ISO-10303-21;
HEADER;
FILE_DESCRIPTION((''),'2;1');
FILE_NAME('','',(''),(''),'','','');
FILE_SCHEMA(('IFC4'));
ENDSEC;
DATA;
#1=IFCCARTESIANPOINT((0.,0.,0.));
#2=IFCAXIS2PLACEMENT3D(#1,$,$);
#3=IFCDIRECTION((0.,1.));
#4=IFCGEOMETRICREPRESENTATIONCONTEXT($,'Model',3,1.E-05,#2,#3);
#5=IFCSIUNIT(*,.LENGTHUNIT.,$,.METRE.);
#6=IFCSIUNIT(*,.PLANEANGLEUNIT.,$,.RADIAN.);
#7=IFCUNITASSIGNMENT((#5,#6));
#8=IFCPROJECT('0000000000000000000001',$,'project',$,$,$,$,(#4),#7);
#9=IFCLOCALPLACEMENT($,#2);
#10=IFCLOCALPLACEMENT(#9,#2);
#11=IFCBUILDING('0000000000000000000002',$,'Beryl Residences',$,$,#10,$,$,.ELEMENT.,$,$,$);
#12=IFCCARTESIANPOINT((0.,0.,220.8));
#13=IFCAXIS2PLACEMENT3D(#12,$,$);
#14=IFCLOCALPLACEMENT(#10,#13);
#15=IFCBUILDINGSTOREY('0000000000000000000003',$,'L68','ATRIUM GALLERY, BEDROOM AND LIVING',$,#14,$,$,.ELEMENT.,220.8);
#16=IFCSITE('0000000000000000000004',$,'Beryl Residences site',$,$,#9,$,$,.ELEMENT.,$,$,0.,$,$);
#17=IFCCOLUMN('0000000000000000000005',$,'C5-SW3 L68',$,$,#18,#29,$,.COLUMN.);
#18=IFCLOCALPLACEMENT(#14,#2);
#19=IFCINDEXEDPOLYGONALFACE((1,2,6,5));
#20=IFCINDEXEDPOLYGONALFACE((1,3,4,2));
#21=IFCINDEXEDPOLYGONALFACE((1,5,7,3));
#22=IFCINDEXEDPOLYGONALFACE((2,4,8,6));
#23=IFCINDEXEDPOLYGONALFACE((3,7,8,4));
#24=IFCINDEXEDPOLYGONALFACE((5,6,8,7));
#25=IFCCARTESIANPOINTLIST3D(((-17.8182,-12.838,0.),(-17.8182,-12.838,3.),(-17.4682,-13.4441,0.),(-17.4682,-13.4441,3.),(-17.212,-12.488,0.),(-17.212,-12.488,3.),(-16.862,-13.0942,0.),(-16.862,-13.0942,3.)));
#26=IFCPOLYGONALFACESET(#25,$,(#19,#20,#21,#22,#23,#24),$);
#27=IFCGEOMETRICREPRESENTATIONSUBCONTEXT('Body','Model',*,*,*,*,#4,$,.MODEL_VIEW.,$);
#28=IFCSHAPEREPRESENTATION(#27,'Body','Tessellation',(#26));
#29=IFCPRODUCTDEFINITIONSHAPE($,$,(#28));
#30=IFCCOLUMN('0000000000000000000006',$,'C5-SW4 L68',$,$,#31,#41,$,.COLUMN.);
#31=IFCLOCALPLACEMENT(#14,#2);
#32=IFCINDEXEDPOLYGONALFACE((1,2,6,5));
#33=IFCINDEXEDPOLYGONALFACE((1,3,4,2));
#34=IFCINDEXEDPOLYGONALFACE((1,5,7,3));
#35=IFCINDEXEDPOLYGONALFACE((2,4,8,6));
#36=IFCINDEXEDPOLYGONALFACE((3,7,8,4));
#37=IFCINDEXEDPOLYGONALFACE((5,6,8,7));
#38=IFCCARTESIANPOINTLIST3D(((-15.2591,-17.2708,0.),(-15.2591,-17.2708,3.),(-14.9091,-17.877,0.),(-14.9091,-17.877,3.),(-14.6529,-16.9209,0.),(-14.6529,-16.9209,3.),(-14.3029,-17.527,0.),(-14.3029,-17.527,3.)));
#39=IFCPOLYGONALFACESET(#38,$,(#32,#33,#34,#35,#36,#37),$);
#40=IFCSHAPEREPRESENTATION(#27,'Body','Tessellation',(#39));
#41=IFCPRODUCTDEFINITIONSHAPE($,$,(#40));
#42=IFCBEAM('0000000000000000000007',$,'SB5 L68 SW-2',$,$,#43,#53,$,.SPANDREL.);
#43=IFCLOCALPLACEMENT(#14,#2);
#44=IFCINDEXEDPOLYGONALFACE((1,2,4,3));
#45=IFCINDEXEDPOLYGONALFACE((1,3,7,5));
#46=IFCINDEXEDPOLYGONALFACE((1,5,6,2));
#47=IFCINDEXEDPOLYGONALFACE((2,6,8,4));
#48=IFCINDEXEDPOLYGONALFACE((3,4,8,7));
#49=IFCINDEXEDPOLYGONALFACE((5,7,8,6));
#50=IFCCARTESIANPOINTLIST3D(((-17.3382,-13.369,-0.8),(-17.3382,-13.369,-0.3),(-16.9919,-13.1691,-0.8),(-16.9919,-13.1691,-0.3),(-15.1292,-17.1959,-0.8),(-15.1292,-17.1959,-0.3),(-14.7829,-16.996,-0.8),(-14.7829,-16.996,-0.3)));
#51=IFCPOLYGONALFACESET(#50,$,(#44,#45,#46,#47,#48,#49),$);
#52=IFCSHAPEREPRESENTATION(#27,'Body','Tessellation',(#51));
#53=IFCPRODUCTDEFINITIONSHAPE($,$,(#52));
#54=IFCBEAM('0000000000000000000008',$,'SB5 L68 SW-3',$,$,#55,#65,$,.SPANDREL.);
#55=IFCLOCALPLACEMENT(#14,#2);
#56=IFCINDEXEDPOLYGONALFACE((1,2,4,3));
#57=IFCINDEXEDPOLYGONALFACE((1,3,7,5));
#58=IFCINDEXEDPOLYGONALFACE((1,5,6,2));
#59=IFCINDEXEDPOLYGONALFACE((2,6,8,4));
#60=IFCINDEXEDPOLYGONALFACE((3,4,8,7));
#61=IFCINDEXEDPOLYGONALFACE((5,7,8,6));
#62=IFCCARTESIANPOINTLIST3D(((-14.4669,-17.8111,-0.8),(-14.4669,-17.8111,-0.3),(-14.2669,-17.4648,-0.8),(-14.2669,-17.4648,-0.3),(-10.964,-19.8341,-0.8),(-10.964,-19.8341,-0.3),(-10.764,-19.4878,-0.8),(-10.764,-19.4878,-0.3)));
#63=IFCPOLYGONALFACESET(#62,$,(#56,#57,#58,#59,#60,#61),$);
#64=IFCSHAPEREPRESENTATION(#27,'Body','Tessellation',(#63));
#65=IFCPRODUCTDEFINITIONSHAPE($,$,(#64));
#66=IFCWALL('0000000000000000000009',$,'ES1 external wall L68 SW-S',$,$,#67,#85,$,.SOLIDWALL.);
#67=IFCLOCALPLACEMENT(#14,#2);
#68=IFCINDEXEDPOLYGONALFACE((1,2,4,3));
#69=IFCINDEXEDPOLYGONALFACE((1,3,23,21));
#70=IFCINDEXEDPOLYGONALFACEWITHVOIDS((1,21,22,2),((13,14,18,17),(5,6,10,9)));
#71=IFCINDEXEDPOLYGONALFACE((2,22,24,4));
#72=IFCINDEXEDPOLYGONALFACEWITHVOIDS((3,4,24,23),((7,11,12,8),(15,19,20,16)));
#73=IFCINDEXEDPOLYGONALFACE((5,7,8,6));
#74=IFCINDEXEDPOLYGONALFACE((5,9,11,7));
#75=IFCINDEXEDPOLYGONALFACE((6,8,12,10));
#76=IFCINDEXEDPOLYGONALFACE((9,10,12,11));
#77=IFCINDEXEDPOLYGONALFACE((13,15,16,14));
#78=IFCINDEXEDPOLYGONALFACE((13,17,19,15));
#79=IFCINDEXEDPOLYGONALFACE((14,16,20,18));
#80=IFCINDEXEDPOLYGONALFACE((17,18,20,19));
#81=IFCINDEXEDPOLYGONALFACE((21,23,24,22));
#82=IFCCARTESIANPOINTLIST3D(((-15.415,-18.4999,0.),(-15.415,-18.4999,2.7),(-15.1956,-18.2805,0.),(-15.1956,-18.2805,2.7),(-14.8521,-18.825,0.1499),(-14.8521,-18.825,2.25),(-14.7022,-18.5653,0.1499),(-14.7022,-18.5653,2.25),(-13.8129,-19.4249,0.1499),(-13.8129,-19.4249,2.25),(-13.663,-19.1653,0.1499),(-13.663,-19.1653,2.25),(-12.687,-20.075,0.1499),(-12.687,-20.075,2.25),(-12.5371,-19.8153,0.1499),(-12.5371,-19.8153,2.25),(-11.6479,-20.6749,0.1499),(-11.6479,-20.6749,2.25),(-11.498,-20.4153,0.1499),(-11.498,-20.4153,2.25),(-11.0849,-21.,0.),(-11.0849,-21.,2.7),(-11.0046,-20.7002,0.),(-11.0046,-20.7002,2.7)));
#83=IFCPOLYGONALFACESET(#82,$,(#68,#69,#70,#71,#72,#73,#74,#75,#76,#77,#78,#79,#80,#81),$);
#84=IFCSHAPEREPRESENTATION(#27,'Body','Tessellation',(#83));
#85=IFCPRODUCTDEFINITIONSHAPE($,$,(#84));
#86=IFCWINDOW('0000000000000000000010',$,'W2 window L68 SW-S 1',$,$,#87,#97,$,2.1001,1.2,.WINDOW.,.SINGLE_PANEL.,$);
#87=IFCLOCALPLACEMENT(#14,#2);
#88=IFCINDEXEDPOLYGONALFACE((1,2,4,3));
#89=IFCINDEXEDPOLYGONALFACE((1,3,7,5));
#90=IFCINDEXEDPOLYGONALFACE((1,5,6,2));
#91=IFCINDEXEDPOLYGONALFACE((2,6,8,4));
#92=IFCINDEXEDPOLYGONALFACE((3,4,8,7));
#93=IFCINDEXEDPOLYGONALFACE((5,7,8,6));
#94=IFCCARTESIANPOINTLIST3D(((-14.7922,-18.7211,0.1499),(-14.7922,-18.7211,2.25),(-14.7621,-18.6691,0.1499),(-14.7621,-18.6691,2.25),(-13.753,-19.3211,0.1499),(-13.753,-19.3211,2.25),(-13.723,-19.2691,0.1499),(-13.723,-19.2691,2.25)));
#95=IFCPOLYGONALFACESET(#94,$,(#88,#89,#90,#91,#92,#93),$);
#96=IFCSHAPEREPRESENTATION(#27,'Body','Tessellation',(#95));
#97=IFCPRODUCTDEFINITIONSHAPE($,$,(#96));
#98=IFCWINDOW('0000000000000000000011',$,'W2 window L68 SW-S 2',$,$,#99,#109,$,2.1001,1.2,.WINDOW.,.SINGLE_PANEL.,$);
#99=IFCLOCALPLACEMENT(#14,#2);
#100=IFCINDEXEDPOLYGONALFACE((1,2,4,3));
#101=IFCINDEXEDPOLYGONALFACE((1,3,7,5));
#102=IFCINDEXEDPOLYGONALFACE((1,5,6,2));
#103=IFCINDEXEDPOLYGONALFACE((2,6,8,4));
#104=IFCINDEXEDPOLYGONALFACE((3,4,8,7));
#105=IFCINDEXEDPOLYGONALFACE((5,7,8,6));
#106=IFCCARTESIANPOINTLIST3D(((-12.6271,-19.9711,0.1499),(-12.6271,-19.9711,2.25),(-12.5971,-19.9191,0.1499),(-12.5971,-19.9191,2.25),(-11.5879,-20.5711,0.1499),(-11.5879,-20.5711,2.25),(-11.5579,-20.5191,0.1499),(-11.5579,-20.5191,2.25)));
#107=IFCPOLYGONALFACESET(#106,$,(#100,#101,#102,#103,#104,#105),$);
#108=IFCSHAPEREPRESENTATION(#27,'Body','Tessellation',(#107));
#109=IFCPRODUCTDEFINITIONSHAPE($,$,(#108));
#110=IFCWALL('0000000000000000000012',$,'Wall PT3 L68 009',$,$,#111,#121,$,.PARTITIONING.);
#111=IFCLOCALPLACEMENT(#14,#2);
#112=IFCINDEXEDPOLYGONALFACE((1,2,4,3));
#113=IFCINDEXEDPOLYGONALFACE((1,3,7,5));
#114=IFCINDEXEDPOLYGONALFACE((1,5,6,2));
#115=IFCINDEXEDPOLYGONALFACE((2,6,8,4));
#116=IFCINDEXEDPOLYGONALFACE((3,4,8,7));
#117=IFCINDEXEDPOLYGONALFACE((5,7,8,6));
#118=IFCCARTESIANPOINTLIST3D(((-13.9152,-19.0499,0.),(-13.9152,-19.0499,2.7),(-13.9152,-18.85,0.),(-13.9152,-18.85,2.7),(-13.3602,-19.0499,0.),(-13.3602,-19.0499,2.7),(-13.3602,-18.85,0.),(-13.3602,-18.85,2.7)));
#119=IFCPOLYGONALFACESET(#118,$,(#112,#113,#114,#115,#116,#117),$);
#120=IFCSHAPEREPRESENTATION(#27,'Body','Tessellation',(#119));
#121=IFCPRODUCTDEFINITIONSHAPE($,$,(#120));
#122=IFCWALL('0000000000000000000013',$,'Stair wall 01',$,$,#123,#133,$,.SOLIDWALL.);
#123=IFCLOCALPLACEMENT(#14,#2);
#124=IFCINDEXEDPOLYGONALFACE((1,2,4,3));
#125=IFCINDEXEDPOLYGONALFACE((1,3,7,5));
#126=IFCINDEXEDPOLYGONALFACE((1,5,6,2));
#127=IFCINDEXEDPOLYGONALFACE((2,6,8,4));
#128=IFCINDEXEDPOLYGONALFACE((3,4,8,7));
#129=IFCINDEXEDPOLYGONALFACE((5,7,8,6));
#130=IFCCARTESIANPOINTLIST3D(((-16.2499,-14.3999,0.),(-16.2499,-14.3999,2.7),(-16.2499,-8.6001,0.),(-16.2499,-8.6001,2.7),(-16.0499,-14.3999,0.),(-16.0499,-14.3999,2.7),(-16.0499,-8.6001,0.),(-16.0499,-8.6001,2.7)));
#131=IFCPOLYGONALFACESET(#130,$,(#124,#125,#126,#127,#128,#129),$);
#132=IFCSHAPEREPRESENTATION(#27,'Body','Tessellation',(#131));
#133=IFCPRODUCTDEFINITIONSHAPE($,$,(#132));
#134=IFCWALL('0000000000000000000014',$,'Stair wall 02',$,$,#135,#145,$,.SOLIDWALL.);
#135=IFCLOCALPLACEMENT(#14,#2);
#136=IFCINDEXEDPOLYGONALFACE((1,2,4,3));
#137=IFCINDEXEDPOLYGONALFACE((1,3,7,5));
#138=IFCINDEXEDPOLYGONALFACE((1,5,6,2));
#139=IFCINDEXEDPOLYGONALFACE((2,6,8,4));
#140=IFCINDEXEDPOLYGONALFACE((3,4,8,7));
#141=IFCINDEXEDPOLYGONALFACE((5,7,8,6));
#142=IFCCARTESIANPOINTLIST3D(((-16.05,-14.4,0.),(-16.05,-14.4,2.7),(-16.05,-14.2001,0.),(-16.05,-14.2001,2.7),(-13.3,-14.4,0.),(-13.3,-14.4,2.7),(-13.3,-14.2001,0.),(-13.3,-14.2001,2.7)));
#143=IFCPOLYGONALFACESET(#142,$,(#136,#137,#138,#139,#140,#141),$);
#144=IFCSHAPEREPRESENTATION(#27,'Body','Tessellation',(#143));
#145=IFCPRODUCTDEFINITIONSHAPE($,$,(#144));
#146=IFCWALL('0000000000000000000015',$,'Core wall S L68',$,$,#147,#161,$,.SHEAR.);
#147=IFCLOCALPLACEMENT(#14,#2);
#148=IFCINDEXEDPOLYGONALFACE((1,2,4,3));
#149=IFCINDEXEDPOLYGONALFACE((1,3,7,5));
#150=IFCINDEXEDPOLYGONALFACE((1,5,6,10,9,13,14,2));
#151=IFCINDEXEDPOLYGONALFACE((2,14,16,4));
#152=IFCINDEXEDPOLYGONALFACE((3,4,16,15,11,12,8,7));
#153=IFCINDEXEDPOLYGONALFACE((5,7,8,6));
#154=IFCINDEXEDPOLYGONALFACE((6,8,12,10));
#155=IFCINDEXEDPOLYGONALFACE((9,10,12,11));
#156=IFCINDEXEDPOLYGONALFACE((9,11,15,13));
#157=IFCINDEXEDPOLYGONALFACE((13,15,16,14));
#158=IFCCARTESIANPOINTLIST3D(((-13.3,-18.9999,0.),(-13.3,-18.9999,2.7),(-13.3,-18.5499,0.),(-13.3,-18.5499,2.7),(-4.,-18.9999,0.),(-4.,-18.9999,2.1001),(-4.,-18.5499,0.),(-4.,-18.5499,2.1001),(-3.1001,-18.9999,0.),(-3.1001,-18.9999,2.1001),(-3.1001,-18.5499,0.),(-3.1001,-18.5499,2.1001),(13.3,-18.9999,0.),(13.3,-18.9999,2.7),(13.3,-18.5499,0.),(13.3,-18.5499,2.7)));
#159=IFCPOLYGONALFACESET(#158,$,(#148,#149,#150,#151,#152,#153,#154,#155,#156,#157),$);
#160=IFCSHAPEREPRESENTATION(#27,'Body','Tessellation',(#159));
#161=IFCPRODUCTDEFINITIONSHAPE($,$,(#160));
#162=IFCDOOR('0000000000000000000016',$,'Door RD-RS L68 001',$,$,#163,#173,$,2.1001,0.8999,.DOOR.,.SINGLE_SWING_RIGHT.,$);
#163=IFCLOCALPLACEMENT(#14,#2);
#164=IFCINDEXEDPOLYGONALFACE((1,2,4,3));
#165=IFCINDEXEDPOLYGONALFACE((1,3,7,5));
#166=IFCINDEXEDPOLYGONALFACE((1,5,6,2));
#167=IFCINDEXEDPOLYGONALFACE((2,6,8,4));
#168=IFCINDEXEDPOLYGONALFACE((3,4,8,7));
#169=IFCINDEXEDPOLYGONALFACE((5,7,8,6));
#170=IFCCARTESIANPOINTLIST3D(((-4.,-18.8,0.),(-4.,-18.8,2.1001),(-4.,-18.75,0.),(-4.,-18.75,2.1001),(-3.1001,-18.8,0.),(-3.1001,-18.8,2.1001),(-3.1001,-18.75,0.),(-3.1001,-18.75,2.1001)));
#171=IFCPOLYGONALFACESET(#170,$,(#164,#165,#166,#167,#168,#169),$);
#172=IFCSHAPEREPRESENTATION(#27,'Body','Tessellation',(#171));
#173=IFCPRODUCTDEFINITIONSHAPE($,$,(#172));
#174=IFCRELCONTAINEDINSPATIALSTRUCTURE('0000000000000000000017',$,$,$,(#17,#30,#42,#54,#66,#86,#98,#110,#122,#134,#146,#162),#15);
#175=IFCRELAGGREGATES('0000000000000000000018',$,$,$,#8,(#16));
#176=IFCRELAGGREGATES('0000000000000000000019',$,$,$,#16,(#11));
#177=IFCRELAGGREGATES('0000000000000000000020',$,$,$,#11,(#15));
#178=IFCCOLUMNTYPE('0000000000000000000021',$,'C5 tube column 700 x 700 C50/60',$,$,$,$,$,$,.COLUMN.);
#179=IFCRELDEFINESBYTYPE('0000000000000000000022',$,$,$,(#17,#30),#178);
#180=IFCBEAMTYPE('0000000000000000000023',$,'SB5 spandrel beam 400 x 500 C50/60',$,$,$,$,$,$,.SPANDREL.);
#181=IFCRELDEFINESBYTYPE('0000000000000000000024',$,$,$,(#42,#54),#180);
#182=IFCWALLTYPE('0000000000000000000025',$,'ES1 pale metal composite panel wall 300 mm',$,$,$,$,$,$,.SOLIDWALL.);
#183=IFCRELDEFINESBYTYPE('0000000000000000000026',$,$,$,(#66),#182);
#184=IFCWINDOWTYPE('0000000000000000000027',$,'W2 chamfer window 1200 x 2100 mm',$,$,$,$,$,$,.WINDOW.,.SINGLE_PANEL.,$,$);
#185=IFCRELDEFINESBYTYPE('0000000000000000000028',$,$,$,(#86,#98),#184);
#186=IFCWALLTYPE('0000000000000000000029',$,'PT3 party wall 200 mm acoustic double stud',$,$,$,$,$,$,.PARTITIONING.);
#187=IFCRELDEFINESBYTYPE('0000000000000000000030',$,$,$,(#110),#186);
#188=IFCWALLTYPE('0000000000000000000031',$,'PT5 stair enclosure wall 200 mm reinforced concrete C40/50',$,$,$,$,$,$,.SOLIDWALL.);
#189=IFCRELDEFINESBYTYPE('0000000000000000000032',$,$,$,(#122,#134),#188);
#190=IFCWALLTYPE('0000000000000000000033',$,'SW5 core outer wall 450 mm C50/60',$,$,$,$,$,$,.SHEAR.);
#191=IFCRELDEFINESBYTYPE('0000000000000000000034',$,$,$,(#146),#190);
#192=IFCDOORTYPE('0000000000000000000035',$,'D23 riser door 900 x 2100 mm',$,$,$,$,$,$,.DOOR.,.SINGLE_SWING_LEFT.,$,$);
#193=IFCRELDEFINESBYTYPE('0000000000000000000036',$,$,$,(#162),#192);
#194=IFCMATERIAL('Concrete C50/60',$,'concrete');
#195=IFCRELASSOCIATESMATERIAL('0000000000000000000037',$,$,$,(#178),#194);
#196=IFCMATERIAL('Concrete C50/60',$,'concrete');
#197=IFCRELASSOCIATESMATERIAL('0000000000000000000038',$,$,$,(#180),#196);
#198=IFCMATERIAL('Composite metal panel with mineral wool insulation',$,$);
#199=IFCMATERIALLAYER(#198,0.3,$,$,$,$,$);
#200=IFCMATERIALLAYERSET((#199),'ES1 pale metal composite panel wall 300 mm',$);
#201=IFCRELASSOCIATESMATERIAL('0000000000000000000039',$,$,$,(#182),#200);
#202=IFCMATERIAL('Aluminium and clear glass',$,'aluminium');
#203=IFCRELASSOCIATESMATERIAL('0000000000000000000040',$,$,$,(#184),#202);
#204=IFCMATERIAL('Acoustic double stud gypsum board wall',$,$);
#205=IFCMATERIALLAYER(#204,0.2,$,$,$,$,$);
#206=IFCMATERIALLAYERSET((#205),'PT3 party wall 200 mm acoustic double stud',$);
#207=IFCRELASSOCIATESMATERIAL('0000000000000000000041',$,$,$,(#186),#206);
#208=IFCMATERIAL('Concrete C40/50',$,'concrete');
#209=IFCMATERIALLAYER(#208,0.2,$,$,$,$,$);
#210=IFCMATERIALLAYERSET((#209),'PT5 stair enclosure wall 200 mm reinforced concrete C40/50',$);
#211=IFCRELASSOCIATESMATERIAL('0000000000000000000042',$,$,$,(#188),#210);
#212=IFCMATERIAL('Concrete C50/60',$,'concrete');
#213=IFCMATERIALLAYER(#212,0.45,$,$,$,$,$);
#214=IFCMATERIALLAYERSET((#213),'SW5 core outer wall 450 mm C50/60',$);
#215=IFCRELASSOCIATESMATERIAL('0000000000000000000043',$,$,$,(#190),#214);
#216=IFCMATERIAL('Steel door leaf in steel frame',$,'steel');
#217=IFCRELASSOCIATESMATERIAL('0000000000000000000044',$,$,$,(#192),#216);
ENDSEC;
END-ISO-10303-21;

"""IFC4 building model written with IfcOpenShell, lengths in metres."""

from ifc_helpers import new_model, si_unit, direction, frame, frame_2d, origin, origin_2d, place, context, subcontext, project, spatial, polyline, rectangle, outline, extrude, material, layer, layer_set, material_profile, profile_set, type_object, element, fill, save


model = new_model("IFC4")

# Units and contexts
model_context = context("Model", 3, precision=1e-05, world=origin(), true_north=direction((0.0, 1.0)))
body_context = subcontext(model_context, "Body", "Model", "MODEL_VIEW")
ifc_project = project(units=[si_unit("LENGTHUNIT", "METRE"), si_unit("PLANEANGLEUNIT", "RADIAN")], contexts=[model_context])

# Site, building, storey
site_placement = place(None, origin())
site = spatial("IfcSite", under=ifc_project, at=site_placement, Name="Beryl Residences site", CompositionType="ELEMENT", RefElevation=0.0)
building_placement = place(site_placement, origin())
building = spatial("IfcBuilding", under=site, at=building_placement, Name="Beryl Residences", CompositionType="ELEMENT")
storey_placement = place(building_placement, frame((0.0, 0.0, 220.8)))
storey = spatial("IfcBuildingStorey", under=building, at=storey_placement, Name="L68", Description="ATRIUM GALLERY, BEDROOM AND LIVING", CompositionType="ELEMENT", Elevation=220.8)

# Columns
ifc_material_1 = material(Name="Concrete C50/60", Category="concrete")
ifc_material_profile_1 = material_profile(ifc_material_1, rectangle(XDim=0.7, YDim=0.7, at=origin_2d()))
ifc_profile_set_1 = profile_set([ifc_material_profile_1], Name="Concrete C50/60")
column_type = type_object("IfcColumnType", Name="C5 tube column 700 x 700 C50/60", PredefinedType="COLUMN", material=ifc_profile_set_1)
for number, where, z_axis, x_axis, name in (
    (1, (-17.3401, -12.9661, 0.0), (0.0, 0.0, 1.0), (0.499985, -0.866034, 0.0), "C5-SW3 L68"),
    (2, (-14.781, -17.3989, 0.0), (0.0, 0.0, 1.0), (0.499985, -0.866034, 0.0), "C5-SW4 L68"),
):
    element("IfcColumn", number, at=place(storey_placement, frame(where, z_axis=z_axis, x_axis=x_axis)), inside=storey, type_object=column_type, Name=name, PredefinedType="COLUMN", context=body_context, shape_type="SweptSolid", body=[
        extrude(rectangle(XDim=0.7, YDim=0.7, at=origin_2d()), origin(), (0.0, 0.0, 1.0), 3.0),
    ])

# Beams
ifc_material_2 = material(Name="Concrete C50/60", Category="concrete")
ifc_material_profile_2 = material_profile(ifc_material_2, rectangle(XDim=0.3999, YDim=0.5, at=origin_2d()))
ifc_profile_set_2 = profile_set([ifc_material_profile_2], Name="Concrete C50/60")
beam_type = type_object("IfcBeamType", Name="SB5 spandrel beam 400 x 500 C50/60", PredefinedType="SPANDREL", material=ifc_profile_set_2)
beam_1_placement = place(storey_placement, frame((-17.165, -13.269, -0.55), z_axis=(0.499919, -0.866072, 0.0), x_axis=(0.866072, 0.499919, 0.0)))
element("IfcBeam", 3, at=beam_1_placement, inside=storey, type_object=beam_type, Name="SB5 L68 SW-2", PredefinedType="SPANDREL", context=body_context, shape_type="SweptSolid", body=[
    extrude(rectangle(XDim=0.3999, YDim=0.5, at=origin_2d()), origin(), (0.0, 0.0, 1.0), 4.4187),
])
beam_2_placement = place(storey_placement, frame((-14.3669, -17.6379, -0.55), z_axis=(0.865968, -0.500099, 0.0), x_axis=(0.500099, 0.865968, 0.0)))
element("IfcBeam", 4, at=beam_2_placement, inside=storey, type_object=beam_type, Name="SB5 L68 SW-3", PredefinedType="SPANDREL", context=body_context, shape_type="SweptSolid", body=[
    extrude(rectangle(XDim=0.3999, YDim=0.5, at=origin_2d()), origin(), (0.0, 0.0, 1.0), 4.0452),
])

# Wall, openings, windows
ifc_material_3 = material(Name="Composite metal panel with mineral wool insulation")
ifc_layer_1 = layer(ifc_material_3, 0.3)
ifc_layer_set_1 = layer_set([ifc_layer_1], Name="ES1 pale metal composite panel wall 300 mm")
wall_type_1 = type_object("IfcWallType", Name="ES1 pale metal composite panel wall 300 mm", PredefinedType="SOLIDWALL", material=ifc_layer_set_1)
wall_1_placement = place(storey_placement, frame((-15.3401, -18.3701, 0.0), z_axis=(0.0, 0.0, 1.0), x_axis=(0.866023, -0.500004, 0.0)))
wall_1 = element("IfcWall", 5, at=wall_1_placement, inside=storey, type_object=wall_type_1, Name="ES1 external wall L68 SW-S", PredefinedType="SOLIDWALL", context=body_context, shape_type="SweptSolid", body=[
    extrude(outline(polyline([(0.0, -0.1499), (5.0, -0.1499), (4.9197, 0.1499), (0.0803, 0.1499), (0.0, -0.1499)])), origin(), (0.0, 0.0, 1.0), 2.7),
])
opening_1_placement = place(wall_1_placement, frame((0.6499, 0.0, 0.1499)))
opening_1 = element("IfcOpeningElement", 6, at=opening_1_placement, cuts=wall_1, PredefinedType="OPENING", context=body_context, shape_type="SweptSolid", body=[
    extrude(rectangle(XDim=1.2, YDim=2.1001, at=frame_2d((0.6001, 1.05))), frame((0.0, 0.1599, 0.0), z_axis=(0.0, -1.0, 0.0), x_axis=(1.0, 0.0, 0.0)), (0.0, 0.0, 1.0), 0.3201),
])
opening_2_placement = place(wall_1_placement, frame((3.1499, 0.0, 0.1499)))
opening_2 = element("IfcOpeningElement", 7, at=opening_2_placement, cuts=wall_1, PredefinedType="OPENING", context=body_context, shape_type="SweptSolid", body=[
    extrude(rectangle(XDim=1.2, YDim=2.1001, at=frame_2d((0.6001, 1.05))), frame((0.0, 0.1599, 0.0), z_axis=(0.0, -1.0, 0.0), x_axis=(1.0, 0.0, 0.0)), (0.0, 0.0, 1.0), 0.3201),
])
ifc_material_4 = material(Name="Aluminium and clear glass", Category="aluminium")
window_type = type_object("IfcWindowType", Name="W2 chamfer window 1200 x 2100 mm", PartitioningType="SINGLE_PANEL", PredefinedType="WINDOW", material=ifc_material_4)
window_1_placement = place(opening_1_placement, origin())
window_1 = element("IfcWindow", 8, at=window_1_placement, inside=storey, type_object=window_type, Name="W2 window L68 SW-S 1", OverallHeight=2.1001, OverallWidth=1.2, PartitioningType="SINGLE_PANEL", PredefinedType="WINDOW", context=body_context, shape_type="SweptSolid", body=[
    extrude(rectangle(XDim=1.2, YDim=2.1001, at=frame_2d((0.6001, 1.05))), frame((0.0, 0.03, 0.0), z_axis=(0.0, -1.0, 0.0), x_axis=(1.0, 0.0, 0.0)), (0.0, 0.0, 1.0), 0.0601),
])
fill(opening_1, window_1)
window_2_placement = place(opening_2_placement, origin())
window_2 = element("IfcWindow", 9, at=window_2_placement, inside=storey, type_object=window_type, Name="W2 window L68 SW-S 2", OverallHeight=2.1001, OverallWidth=1.2, PartitioningType="SINGLE_PANEL", PredefinedType="WINDOW", context=body_context, shape_type="SweptSolid", body=[
    extrude(rectangle(XDim=1.2, YDim=2.1001, at=frame_2d((0.6001, 1.05))), frame((0.0, 0.03, 0.0), z_axis=(0.0, -1.0, 0.0), x_axis=(1.0, 0.0, 0.0)), (0.0, 0.0, 1.0), 0.0601),
])
fill(opening_2, window_2)

# Walls
ifc_material_5 = material(Name="Acoustic double stud gypsum board wall")
ifc_layer_2 = layer(ifc_material_5, 0.2)
ifc_layer_set_2 = layer_set([ifc_layer_2], Name="PT3 party wall 200 mm acoustic double stud")
wall_type_2 = type_object("IfcWallType", Name="PT3 party wall 200 mm acoustic double stud", PredefinedType="PARTITIONING", material=ifc_layer_set_2)
wall_2_placement = place(storey_placement, frame((-13.915, -18.95, 0.0), z_axis=(0.0, 0.0, 1.0), x_axis=(1.0, 0.0, 0.0)))
element("IfcWall", 10, at=wall_2_placement, inside=storey, type_object=wall_type_2, Name="Wall PT3 L68 009", PredefinedType="PARTITIONING", context=body_context, shape_type="SweptSolid", body=[
    extrude(rectangle(XDim=0.5549, YDim=0.2, at=frame_2d((0.2773, 0.0))), origin(), (0.0, 0.0, 1.0), 2.7),
])
ifc_material_6 = material(Name="Concrete C40/50", Category="concrete")
ifc_layer_3 = layer(ifc_material_6, 0.2)
ifc_layer_set_3 = layer_set([ifc_layer_3], Name="PT5 stair enclosure wall 200 mm reinforced concrete C40/50")
wall_type_3 = type_object("IfcWallType", Name="PT5 stair enclosure wall 200 mm reinforced concrete C40/50", PredefinedType="SOLIDWALL", material=ifc_layer_set_3)
wall_3_placement = place(storey_placement, frame((-16.1499, -14.3999, 0.0), z_axis=(0.0, 0.0, 1.0), x_axis=(0.0, 1.0, 0.0)))
element("IfcWall", 11, at=wall_3_placement, inside=storey, type_object=wall_type_3, Name="Stair wall 01", PredefinedType="SOLIDWALL", context=body_context, shape_type="SweptSolid", body=[
    extrude(rectangle(XDim=5.7998, YDim=0.2, at=frame_2d((2.8999, 0.0))), origin(), (0.0, 0.0, 1.0), 2.7),
])
wall_4_placement = place(storey_placement, frame((-16.05, -14.3, 0.0), z_axis=(0.0, 0.0, 1.0), x_axis=(1.0, 0.0, 0.0)))
element("IfcWall", 12, at=wall_4_placement, inside=storey, type_object=wall_type_3, Name="Stair wall 02", PredefinedType="SOLIDWALL", context=body_context, shape_type="SweptSolid", body=[
    extrude(rectangle(XDim=2.75, YDim=0.2, at=frame_2d((1.375, 0.0))), origin(), (0.0, 0.0, 1.0), 2.7),
])

# Wall, opening, door
ifc_material_7 = material(Name="Concrete C50/60", Category="concrete")
ifc_layer_4 = layer(ifc_material_7, 0.45)
ifc_layer_set_4 = layer_set([ifc_layer_4], Name="SW5 core outer wall 450 mm C50/60")
wall_type_4 = type_object("IfcWallType", Name="SW5 core outer wall 450 mm C50/60", PredefinedType="SHEAR", material=ifc_layer_set_4)
wall_5_placement = place(storey_placement, frame((-13.3, -18.7749, 0.0), z_axis=(0.0, 0.0, 1.0), x_axis=(1.0, 0.0, 0.0)))
wall_5 = element("IfcWall", 13, at=wall_5_placement, inside=storey, type_object=wall_type_4, Name="Core wall S L68", PredefinedType="SHEAR", context=body_context, shape_type="SweptSolid", body=[
    extrude(rectangle(XDim=26.6001, YDim=0.45, at=frame_2d((13.3, 0.0))), origin(), (0.0, 0.0, 1.0), 2.7),
])
opening_3_placement = place(wall_5_placement, frame((9.3, 0.0, 0.0)))
opening_3 = element("IfcOpeningElement", 14, at=opening_3_placement, cuts=wall_5, PredefinedType="OPENING", context=body_context, shape_type="SweptSolid", body=[
    extrude(rectangle(XDim=0.8999, YDim=2.1001, at=frame_2d((0.45, 1.05))), frame((0.0, 0.2349, 0.0), z_axis=(0.0, -1.0, 0.0), x_axis=(1.0, 0.0, 0.0)), (0.0, 0.0, 1.0), 0.47),
])
ifc_material_8 = material(Name="Steel door leaf in steel frame", Category="steel")
door_type_1 = type_object("IfcDoorType", Name="D23 riser door 900 x 2100 mm", OperationType="SINGLE_SWING_LEFT", PredefinedType="DOOR", material=ifc_material_8)
door_1_placement = place(opening_3_placement, origin())
door_1 = element("IfcDoor", 15, at=door_1_placement, inside=storey, type_object=door_type_1, Name="Door RD-RS L68 001", OperationType="SINGLE_SWING_RIGHT", OverallHeight=2.1001, OverallWidth=0.8999, PredefinedType="DOOR", context=body_context, shape_type="SweptSolid", body=[
    extrude(rectangle(XDim=0.8999, YDim=2.1001, at=frame_2d((0.45, 1.05))), frame((0.0, 0.0249, 0.0), z_axis=(0.0, -1.0, 0.0), x_axis=(1.0, 0.0, 0.0)), (0.0, 0.0, 1.0), 0.05),
])
fill(opening_3, door_1)

save(model, "model.ifc")
